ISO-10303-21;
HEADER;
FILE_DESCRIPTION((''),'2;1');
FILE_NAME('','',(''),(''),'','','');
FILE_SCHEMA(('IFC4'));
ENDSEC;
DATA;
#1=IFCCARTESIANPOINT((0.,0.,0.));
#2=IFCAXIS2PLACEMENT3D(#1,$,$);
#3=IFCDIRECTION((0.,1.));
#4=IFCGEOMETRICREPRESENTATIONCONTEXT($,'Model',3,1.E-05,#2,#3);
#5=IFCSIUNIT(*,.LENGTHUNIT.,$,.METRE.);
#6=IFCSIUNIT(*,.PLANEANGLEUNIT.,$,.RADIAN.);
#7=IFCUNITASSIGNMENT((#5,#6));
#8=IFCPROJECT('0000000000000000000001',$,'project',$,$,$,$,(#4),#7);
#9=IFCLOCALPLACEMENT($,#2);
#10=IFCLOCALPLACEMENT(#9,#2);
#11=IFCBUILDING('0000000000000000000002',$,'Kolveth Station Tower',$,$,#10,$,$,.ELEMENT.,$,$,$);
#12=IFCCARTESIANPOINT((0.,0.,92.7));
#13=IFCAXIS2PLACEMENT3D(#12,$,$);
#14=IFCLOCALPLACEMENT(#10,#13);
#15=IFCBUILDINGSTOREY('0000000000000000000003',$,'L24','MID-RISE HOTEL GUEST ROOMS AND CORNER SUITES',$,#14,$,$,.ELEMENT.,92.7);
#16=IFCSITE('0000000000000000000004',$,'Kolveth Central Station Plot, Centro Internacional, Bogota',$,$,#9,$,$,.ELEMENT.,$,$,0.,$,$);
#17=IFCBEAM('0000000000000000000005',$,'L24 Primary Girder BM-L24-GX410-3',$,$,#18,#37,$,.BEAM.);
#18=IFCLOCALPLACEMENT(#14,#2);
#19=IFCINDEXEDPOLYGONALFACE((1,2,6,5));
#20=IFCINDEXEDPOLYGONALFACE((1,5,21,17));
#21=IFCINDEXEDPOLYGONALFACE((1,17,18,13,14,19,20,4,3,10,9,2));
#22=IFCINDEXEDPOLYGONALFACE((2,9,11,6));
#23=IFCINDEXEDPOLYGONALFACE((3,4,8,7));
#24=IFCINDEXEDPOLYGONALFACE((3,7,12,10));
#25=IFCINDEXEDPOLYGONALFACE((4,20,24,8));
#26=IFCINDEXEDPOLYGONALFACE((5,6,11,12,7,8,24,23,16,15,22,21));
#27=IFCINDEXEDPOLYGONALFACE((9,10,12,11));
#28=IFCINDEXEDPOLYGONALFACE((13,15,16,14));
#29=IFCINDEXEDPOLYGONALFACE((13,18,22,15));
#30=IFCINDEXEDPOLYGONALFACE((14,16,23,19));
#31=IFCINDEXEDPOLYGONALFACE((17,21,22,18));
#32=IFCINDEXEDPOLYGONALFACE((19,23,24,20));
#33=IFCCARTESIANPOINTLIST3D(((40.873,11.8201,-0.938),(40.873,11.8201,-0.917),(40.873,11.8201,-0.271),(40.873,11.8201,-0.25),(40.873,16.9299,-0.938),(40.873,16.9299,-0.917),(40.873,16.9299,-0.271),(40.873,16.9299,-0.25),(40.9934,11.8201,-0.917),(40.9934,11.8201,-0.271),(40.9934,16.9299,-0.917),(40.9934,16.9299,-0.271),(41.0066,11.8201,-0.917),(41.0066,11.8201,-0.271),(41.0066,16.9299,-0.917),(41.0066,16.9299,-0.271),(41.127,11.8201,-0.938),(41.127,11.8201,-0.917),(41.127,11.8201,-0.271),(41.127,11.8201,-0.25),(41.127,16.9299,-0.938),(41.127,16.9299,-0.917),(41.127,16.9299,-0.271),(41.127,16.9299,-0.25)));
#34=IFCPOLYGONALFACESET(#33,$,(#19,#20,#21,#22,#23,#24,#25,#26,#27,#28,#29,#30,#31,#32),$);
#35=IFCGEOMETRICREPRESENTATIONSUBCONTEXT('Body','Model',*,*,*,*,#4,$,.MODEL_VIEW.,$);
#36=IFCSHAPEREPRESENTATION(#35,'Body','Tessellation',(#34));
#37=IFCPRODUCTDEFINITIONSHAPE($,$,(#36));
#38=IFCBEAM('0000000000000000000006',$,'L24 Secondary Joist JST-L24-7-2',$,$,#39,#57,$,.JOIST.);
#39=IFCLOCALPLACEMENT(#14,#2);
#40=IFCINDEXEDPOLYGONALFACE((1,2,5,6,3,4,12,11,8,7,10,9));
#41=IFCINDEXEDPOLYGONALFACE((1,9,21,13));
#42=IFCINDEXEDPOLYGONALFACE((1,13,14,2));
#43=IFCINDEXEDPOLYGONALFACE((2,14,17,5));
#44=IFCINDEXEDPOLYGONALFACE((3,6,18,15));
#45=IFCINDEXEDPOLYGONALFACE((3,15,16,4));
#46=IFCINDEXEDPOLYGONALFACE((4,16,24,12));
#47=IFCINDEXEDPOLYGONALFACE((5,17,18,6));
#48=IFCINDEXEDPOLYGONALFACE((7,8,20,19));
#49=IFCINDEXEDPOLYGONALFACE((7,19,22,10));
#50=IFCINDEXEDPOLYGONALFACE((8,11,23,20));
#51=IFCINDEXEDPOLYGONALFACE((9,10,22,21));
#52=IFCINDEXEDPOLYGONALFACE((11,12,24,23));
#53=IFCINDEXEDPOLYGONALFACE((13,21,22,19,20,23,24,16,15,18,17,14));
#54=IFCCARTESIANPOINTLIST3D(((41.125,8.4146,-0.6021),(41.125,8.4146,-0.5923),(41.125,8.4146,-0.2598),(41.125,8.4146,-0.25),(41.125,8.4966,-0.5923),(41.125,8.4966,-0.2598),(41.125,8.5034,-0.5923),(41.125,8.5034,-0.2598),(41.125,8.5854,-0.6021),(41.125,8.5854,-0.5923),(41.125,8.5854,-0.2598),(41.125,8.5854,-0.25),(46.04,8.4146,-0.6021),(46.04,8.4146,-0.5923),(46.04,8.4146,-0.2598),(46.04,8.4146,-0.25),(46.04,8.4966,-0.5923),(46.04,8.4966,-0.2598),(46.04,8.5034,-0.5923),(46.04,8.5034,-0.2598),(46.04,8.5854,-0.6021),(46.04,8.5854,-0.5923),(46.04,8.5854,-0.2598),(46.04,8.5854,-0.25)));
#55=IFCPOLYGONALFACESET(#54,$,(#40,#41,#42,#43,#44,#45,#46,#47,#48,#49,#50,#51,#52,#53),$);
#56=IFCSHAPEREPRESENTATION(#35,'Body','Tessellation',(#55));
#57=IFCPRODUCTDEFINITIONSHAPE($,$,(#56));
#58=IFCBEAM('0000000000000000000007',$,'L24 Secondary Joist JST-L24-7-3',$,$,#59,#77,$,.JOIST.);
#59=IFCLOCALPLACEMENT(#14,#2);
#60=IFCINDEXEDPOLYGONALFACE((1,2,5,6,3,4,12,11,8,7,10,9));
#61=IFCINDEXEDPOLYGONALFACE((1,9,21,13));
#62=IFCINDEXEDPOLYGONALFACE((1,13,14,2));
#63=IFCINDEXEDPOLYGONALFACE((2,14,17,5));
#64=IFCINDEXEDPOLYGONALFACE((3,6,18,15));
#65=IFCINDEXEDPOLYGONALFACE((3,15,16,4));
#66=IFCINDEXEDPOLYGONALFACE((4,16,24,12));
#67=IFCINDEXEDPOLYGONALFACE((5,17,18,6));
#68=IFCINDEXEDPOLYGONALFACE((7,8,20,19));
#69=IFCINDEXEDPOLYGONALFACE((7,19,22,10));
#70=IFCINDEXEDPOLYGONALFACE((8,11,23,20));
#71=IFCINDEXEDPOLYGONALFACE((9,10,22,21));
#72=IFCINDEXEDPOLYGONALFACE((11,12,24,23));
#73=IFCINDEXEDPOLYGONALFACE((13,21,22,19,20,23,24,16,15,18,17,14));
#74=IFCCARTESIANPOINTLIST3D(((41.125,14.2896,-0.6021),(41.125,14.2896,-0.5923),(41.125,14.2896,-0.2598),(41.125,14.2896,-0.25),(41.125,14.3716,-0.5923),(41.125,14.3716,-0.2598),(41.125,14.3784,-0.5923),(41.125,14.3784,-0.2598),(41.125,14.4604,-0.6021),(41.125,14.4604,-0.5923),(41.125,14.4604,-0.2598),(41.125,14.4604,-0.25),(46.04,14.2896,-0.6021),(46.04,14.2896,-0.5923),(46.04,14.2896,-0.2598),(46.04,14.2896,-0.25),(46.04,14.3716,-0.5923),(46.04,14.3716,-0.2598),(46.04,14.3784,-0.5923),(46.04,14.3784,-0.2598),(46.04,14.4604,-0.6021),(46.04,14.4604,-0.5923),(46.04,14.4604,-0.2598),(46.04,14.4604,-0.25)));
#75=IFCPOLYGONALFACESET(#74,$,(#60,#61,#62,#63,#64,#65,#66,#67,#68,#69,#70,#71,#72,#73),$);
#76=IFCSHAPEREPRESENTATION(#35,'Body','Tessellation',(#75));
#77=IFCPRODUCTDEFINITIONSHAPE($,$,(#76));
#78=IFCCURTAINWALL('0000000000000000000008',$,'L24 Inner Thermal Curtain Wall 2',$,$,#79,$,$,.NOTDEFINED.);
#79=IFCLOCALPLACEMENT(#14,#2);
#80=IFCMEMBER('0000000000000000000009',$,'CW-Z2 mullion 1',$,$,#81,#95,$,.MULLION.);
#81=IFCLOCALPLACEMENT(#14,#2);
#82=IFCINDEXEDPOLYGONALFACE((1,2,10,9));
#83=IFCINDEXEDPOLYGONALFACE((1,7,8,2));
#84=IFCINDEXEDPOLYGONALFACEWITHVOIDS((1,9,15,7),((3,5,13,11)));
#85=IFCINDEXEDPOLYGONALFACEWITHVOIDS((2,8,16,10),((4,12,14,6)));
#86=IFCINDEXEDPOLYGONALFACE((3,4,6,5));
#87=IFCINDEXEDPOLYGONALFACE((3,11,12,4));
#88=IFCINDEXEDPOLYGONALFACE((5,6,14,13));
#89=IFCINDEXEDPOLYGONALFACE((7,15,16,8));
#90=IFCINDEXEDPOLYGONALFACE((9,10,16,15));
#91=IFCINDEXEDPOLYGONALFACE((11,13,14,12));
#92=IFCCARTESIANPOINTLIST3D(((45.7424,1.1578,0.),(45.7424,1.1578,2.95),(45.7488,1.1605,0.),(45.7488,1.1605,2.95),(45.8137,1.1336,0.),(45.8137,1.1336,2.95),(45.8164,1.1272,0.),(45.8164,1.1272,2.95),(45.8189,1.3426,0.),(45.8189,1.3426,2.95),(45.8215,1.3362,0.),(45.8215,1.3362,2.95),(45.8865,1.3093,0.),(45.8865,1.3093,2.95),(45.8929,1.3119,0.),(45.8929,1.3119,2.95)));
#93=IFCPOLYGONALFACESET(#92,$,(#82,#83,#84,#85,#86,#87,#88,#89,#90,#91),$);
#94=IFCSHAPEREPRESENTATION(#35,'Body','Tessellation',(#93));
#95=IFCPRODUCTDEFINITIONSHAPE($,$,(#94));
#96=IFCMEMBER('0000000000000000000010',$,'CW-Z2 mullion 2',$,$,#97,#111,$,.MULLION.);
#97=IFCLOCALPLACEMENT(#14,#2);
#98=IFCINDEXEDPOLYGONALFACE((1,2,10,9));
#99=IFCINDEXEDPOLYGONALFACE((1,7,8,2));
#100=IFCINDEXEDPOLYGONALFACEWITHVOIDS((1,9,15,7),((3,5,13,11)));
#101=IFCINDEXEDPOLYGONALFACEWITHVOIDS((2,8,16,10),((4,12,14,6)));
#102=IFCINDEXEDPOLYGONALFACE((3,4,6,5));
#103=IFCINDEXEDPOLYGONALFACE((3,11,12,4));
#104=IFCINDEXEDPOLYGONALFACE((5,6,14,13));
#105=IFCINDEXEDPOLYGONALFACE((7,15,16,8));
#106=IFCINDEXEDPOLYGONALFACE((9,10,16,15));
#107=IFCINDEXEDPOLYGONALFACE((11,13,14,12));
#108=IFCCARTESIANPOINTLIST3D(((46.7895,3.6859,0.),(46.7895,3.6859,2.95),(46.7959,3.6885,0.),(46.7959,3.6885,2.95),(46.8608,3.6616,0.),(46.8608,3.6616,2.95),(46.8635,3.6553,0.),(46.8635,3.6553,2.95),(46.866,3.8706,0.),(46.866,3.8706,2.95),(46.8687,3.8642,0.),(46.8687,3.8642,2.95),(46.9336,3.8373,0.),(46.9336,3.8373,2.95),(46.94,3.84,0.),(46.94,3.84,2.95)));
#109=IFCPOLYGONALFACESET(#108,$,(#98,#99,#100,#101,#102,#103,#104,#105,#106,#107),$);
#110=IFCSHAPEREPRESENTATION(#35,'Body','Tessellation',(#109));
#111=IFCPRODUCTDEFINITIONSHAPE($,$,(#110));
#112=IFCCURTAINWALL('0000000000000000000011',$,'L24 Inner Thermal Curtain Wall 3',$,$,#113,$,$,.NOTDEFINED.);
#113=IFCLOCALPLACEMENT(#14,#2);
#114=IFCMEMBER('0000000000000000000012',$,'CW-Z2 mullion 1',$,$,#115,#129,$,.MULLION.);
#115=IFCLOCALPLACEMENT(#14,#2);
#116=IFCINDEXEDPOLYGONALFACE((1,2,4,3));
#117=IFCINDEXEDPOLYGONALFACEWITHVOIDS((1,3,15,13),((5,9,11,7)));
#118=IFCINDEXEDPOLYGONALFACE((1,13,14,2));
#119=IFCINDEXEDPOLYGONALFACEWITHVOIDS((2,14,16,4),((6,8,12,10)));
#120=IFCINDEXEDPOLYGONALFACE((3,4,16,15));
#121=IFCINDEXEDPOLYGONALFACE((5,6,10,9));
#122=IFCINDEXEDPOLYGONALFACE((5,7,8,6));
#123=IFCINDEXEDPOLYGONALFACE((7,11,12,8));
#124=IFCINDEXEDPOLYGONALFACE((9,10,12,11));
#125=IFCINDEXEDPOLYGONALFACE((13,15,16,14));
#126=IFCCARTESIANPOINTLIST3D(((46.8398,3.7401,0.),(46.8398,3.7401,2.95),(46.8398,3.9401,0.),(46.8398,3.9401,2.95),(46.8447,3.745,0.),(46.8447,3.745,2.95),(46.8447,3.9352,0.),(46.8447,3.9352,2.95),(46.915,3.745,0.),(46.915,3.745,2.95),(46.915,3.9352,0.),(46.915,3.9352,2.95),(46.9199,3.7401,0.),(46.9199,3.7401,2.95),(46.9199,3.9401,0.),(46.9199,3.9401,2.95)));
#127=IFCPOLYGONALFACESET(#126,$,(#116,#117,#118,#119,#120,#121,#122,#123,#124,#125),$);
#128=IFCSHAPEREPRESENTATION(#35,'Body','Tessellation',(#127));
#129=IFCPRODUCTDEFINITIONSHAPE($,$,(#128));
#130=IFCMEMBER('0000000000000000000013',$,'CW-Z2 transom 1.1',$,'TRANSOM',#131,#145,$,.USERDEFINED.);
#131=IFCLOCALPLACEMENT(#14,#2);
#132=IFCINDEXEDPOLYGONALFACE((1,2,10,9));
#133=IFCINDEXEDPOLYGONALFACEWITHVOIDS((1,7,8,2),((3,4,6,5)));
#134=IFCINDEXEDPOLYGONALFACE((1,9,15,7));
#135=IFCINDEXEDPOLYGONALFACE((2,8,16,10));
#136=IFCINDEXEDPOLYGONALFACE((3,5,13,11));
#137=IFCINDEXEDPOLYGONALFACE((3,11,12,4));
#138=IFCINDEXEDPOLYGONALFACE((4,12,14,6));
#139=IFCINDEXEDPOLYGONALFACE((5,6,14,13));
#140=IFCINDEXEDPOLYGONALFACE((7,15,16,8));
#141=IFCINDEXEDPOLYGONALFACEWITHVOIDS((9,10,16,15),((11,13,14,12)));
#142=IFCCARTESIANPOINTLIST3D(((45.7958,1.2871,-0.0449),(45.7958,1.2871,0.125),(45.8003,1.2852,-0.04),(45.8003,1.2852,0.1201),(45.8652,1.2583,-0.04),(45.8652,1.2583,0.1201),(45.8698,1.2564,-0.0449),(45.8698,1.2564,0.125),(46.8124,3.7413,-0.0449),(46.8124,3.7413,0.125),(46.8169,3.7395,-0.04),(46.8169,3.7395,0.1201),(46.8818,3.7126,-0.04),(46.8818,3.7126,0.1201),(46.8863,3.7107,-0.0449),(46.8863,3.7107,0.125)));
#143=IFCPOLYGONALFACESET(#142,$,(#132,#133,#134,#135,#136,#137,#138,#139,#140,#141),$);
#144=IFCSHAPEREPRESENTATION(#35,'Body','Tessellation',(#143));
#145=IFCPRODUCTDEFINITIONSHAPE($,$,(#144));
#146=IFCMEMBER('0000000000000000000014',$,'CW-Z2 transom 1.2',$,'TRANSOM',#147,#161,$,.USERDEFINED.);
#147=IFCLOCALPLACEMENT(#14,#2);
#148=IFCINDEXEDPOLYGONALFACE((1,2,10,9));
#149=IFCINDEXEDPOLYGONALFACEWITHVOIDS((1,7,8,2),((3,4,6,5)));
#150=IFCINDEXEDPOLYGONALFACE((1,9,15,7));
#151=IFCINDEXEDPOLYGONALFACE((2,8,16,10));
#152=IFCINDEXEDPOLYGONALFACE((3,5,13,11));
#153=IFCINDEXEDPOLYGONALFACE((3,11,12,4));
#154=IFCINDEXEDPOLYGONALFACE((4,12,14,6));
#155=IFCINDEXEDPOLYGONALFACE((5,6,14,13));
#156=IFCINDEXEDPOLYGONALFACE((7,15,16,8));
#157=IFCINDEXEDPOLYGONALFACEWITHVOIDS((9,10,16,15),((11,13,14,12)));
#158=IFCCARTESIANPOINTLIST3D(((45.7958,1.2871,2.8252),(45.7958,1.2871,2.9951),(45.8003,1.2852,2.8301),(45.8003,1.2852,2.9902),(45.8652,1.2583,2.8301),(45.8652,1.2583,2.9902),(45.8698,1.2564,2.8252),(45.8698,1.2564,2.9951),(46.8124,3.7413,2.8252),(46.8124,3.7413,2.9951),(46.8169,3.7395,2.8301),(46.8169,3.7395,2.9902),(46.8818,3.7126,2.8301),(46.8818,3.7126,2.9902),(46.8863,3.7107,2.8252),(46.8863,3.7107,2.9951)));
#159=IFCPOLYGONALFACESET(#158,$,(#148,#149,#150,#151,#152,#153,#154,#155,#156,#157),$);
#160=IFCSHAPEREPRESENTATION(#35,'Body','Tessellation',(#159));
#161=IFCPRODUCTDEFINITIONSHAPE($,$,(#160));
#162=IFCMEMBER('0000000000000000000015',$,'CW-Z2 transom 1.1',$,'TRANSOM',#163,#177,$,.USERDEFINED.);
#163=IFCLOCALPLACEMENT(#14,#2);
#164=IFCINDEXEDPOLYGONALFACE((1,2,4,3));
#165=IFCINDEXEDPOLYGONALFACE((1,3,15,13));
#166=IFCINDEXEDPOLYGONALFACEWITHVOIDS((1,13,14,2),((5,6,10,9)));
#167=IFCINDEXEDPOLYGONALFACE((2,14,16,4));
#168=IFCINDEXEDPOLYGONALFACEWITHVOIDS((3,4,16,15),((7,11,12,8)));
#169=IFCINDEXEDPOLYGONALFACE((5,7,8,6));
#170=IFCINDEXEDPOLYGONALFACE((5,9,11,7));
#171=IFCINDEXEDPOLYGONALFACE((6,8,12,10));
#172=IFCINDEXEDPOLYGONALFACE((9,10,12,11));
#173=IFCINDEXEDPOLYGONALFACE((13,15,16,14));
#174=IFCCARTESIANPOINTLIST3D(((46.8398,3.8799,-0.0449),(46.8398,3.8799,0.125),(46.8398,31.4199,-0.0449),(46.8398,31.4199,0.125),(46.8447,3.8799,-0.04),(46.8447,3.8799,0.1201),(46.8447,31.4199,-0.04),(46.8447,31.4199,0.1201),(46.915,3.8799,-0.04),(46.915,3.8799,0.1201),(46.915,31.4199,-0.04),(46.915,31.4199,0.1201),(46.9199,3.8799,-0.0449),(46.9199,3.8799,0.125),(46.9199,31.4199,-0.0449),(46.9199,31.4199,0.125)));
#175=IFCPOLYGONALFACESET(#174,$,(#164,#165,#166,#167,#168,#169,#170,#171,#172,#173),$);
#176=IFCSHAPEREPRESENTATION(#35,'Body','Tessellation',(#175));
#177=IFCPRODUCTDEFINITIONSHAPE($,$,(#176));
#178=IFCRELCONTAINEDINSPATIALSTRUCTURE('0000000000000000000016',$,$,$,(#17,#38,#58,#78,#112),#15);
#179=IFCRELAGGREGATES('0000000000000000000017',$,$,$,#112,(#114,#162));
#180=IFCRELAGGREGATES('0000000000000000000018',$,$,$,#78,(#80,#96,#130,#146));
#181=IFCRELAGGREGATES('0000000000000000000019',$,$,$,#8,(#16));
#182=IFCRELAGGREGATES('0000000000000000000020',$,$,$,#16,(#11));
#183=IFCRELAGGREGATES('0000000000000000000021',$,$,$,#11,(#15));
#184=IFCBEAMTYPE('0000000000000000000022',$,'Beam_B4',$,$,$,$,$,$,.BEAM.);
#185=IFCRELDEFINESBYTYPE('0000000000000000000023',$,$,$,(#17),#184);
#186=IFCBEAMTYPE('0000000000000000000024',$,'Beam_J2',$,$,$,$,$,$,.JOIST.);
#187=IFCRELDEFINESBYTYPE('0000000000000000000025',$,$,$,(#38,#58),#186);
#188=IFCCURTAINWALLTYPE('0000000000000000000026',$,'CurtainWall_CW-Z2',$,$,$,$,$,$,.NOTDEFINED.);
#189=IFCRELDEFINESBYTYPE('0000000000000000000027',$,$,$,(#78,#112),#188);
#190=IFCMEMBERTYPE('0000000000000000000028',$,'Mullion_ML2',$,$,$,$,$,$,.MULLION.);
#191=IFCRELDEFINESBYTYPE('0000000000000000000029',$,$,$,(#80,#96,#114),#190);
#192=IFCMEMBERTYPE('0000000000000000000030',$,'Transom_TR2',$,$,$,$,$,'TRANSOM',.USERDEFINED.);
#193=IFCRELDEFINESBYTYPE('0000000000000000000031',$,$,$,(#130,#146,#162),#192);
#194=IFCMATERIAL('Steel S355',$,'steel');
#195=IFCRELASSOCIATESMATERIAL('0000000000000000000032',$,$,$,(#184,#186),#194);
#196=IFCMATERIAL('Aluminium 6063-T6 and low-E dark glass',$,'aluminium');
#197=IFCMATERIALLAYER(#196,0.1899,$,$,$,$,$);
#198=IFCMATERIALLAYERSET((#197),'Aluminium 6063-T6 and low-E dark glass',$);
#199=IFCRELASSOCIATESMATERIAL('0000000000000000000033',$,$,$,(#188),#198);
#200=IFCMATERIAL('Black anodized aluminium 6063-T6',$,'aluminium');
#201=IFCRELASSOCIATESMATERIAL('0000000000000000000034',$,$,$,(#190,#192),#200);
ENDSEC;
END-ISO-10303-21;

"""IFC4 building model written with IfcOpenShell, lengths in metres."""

from ifc_helpers import new_model, si_unit, direction, frame, origin, origin_2d, place, context, subcontext, project, spatial, hollow_rectangle, i_section, extrude, source, transform, mapped, material, layer, layer_set, material_profile, profile_set, type_object, element, aggregate, save


model = new_model("IFC4")

# Units and contexts
model_context = context("Model", 3, precision=1e-05, world=origin(), true_north=direction((0.0, 1.0)))
body_context = subcontext(model_context, "Body", "Model", "MODEL_VIEW")
ifc_project = project(units=[si_unit("LENGTHUNIT", "METRE"), si_unit("PLANEANGLEUNIT", "RADIAN")], contexts=[model_context])

# Site, building, storey
site_placement = place(None, origin())
site = spatial("IfcSite", under=ifc_project, at=site_placement, Name="Kolveth Central Station Plot, Centro Internacional, Bogota", CompositionType="ELEMENT", RefElevation=0.0)
building_placement = place(site_placement, origin())
building = spatial("IfcBuilding", under=site, at=building_placement, Name="Kolveth Station Tower", CompositionType="ELEMENT")
storey_placement = place(building_placement, frame((0.0, 0.0, 92.7)))
storey = spatial("IfcBuildingStorey", under=building, at=storey_placement, Name="L24", Description="MID-RISE HOTEL GUEST ROOMS AND CORNER SUITES", CompositionType="ELEMENT", Elevation=92.7)

# Beams
ifc_material_1 = material(Name="Steel S355", Category="steel")
ifc_material_profile_1 = material_profile(ifc_material_1, i_section(OverallWidth=0.2539, OverallDepth=0.688, WebThickness=0.0132, FlangeThickness=0.021, at=origin_2d()), Name="W690x152")
ifc_profile_set_1 = profile_set([ifc_material_profile_1], Name="Steel S355")
beam_type_1 = type_object("IfcBeamType", Name="Beam_B4", PredefinedType="BEAM", material=ifc_profile_set_1)
shared_shape_1 = source(origin(), body_context, "Body", "SweptSolid", [
    extrude(i_section(OverallWidth=0.2539, OverallDepth=0.688, WebThickness=0.0132, FlangeThickness=0.021, at=origin_2d()), origin(), (0.0, 0.0, 1.0), 5.1099),
])
beam_1_placement = place(storey_placement, frame((41.0, 11.8201, -0.594), z_axis=(0.0, 1.0, 0.0), x_axis=(-1.0, 0.0, 0.0)))
element("IfcBeam", 1, at=beam_1_placement, inside=storey, type_object=beam_type_1, Name="L24 Primary Girder BM-L24-GX410-3", PredefinedType="BEAM", context=body_context, shape_type="MappedRepresentation", body=[
    mapped(shared_shape_1, transform((0.0, 0.0, 0.0), x_axis=(1.0, 0.0, 0.0), y_axis=(0.0, 1.0, 0.0), z_axis=(0.0, 0.0, 1.0), scale=1.0)),
])
ifc_material_profile_2 = material_profile(ifc_material_1, i_section(OverallWidth=0.1709, OverallDepth=0.3521, WebThickness=0.0068, FlangeThickness=0.0098, at=origin_2d()), Name="W360x44")
ifc_profile_set_2 = profile_set([ifc_material_profile_2], Name="Steel S355")
beam_type_2 = type_object("IfcBeamType", Name="Beam_J2", PredefinedType="JOIST", material=ifc_profile_set_2)
shared_shape_2 = source(origin(), body_context, "Body", "SweptSolid", [
    extrude(i_section(OverallWidth=0.1709, OverallDepth=0.3521, WebThickness=0.0068, FlangeThickness=0.0098, at=origin_2d()), origin(), (0.0, 0.0, 1.0), 4.915),
])
for number, where, z_axis, x_axis, name in (
    (2, (41.125, 8.5, -0.426), (1.0, 0.0, 0.0), (0.0, 1.0, 0.0), "L24 Secondary Joist JST-L24-7-2"),
    (3, (41.125, 14.375, -0.426), (1.0, 0.0, 0.0), (0.0, 1.0, 0.0), "L24 Secondary Joist JST-L24-7-3"),
):
    element("IfcBeam", number, at=place(storey_placement, frame(where, z_axis=z_axis, x_axis=x_axis)), inside=storey, type_object=beam_type_2, Name=name, PredefinedType="JOIST", context=body_context, shape_type="MappedRepresentation", body=[
        mapped(shared_shape_2, transform((0.0, 0.0, 0.0), x_axis=(1.0, 0.0, 0.0), y_axis=(0.0, 1.0, 0.0), z_axis=(0.0, 0.0, 1.0), scale=1.0)),
    ])

# Curtain wall, members
ifc_material_2 = material(Name="Aluminium 6063-T6 and low-E dark glass", Category="aluminium")
ifc_layer_1 = layer(ifc_material_2, 0.1899)
ifc_layer_set_1 = layer_set([ifc_layer_1], Name="Aluminium 6063-T6 and low-E dark glass")
curtain_wall_type_1 = type_object("IfcCurtainWallType", Name="CurtainWall_CW-Z2", PredefinedType="NOTDEFINED", material=ifc_layer_set_1)
curtain_wall_1_placement = place(storey_placement, origin())
curtain_wall_1 = element("IfcCurtainWall", 4, at=curtain_wall_1_placement, inside=storey, type_object=curtain_wall_type_1, Name="L24 Inner Thermal Curtain Wall 2", PredefinedType="NOTDEFINED")
ifc_material_3 = material(Name="Black anodized aluminium 6063-T6", Category="aluminium")
ifc_material_profile_3 = material_profile(ifc_material_3, hollow_rectangle(XDim=0.0801, YDim=0.2, WallThickness=0.0049, at=origin_2d()), Name="ALU-80x200x5")
ifc_profile_set_3 = profile_set([ifc_material_profile_3], Name="Black anodized aluminium 6063-T6")
member_type_1 = type_object("IfcMemberType", Name="Mullion_ML2", PredefinedType="MULLION", material=ifc_profile_set_3)
shared_shape_3 = source(origin(), body_context, "Body", "SweptSolid", [
    extrude(hollow_rectangle(XDim=0.0801, YDim=0.2, WallThickness=0.0049, at=origin_2d()), origin(), (0.0, 0.0, 1.0), 2.95),
])
member_1_placement = place(storey_placement, frame((45.8176, 1.2349, 0.0), z_axis=(0.0, 0.0, 1.0), x_axis=(-0.923888, 0.382663, 0.0)))
member_1 = element("IfcMember", 5, at=member_1_placement, type_object=member_type_1, Name="CW-Z2 mullion 1", PredefinedType="MULLION", context=body_context, shape_type="MappedRepresentation", body=[
    mapped(shared_shape_3, transform((0.0, 0.0, 0.0), x_axis=(1.0, 0.0, 0.0), y_axis=(0.0, 1.0, 0.0), z_axis=(0.0, 0.0, 1.0), scale=1.0)),
])
member_2_placement = place(storey_placement, frame((46.8647, 3.7629, 0.0), z_axis=(0.0, 0.0, 1.0), x_axis=(-0.923888, 0.382663, 0.0)))
member_2 = element("IfcMember", 6, at=member_2_placement, type_object=member_type_1, Name="CW-Z2 mullion 2", PredefinedType="MULLION", context=body_context, shape_type="MappedRepresentation", body=[
    mapped(shared_shape_3, transform((0.0, 0.0, 0.0), x_axis=(1.0, 0.0, 0.0), y_axis=(0.0, 1.0, 0.0), z_axis=(0.0, 0.0, 1.0), scale=1.0)),
])

# Curtain wall, member
curtain_wall_2_placement = place(storey_placement, origin())
curtain_wall_2 = element("IfcCurtainWall", 7, at=curtain_wall_2_placement, inside=storey, type_object=curtain_wall_type_1, Name="L24 Inner Thermal Curtain Wall 3", PredefinedType="NOTDEFINED")
member_3_placement = place(storey_placement, frame((46.8799, 3.8401, 0.0), z_axis=(0.0, 0.0, 1.0), x_axis=(-1.0, 0.0, 0.0)))
member_3 = element("IfcMember", 8, at=member_3_placement, type_object=member_type_1, Name="CW-Z2 mullion 1", PredefinedType="MULLION", context=body_context, shape_type="MappedRepresentation", body=[
    mapped(shared_shape_3, transform((0.0, 0.0, 0.0), x_axis=(1.0, 0.0, 0.0), y_axis=(0.0, 1.0, 0.0), z_axis=(0.0, 0.0, 1.0), scale=1.0)),
])

# Members
ifc_material_profile_4 = material_profile(ifc_material_3, hollow_rectangle(XDim=0.0801, YDim=0.1699, WallThickness=0.0049, at=origin_2d()), Name="ALU-80x170x5")
ifc_profile_set_4 = profile_set([ifc_material_profile_4], Name="Black anodized aluminium 6063-T6")
member_type_2 = type_object("IfcMemberType", Name="Transom_TR2", ElementType="TRANSOM", PredefinedType="USERDEFINED", material=ifc_profile_set_4)
shared_shape_4 = source(origin(), body_context, "Body", "SweptSolid", [
    extrude(hollow_rectangle(XDim=0.0801, YDim=0.1699, WallThickness=0.0049, at=origin_2d()), origin(), (0.0, 0.0, 1.0), 2.6565),
])
member_4_placement = place(storey_placement, frame((45.8328, 1.2717, 0.04), z_axis=(0.382676, 0.923882, 0.0), x_axis=(-0.923882, 0.382676, 0.0)))
member_4 = element("IfcMember", 9, at=member_4_placement, type_object=member_type_2, Name="CW-Z2 transom 1.1", ObjectType="TRANSOM", PredefinedType="USERDEFINED", context=body_context, shape_type="MappedRepresentation", body=[
    mapped(shared_shape_4, transform((0.0, 0.0, 0.0), x_axis=(1.0, 0.0, 0.0), y_axis=(0.0, 1.0, 0.0), z_axis=(0.0, 0.0, 1.0), scale=1.0)),
])
member_5_placement = place(storey_placement, frame((45.8328, 1.2717, 2.9102), z_axis=(0.382676, 0.923882, 0.0), x_axis=(-0.923882, 0.382676, 0.0)))
member_5 = element("IfcMember", 10, at=member_5_placement, type_object=member_type_2, Name="CW-Z2 transom 1.2", ObjectType="TRANSOM", PredefinedType="USERDEFINED", context=body_context, shape_type="MappedRepresentation", body=[
    mapped(shared_shape_4, transform((0.0, 0.0, 0.0), x_axis=(1.0, 0.0, 0.0), y_axis=(0.0, 1.0, 0.0), z_axis=(0.0, 0.0, 1.0), scale=1.0)),
])
shared_shape_5 = source(origin(), body_context, "Body", "SweptSolid", [
    extrude(hollow_rectangle(XDim=0.0801, YDim=0.1699, WallThickness=0.0049, at=origin_2d()), origin(), (0.0, 0.0, 1.0), 27.54),
])
member_6_placement = place(storey_placement, frame((46.8799, 3.8799, 0.04), z_axis=(0.0, 1.0, 0.0), x_axis=(-1.0, 0.0, 0.0)))
member_6 = element("IfcMember", 11, at=member_6_placement, type_object=member_type_2, Name="CW-Z2 transom 1.1", ObjectType="TRANSOM", PredefinedType="USERDEFINED", context=body_context, shape_type="MappedRepresentation", body=[
    mapped(shared_shape_5, transform((0.0, 0.0, 0.0), x_axis=(1.0, 0.0, 0.0), y_axis=(0.0, 1.0, 0.0), z_axis=(0.0, 0.0, 1.0), scale=1.0)),
])
aggregate(curtain_wall_2, [member_3, member_6])

aggregate(curtain_wall_1, [member_1, member_2, member_4, member_5])

save(model, "model.ifc")
